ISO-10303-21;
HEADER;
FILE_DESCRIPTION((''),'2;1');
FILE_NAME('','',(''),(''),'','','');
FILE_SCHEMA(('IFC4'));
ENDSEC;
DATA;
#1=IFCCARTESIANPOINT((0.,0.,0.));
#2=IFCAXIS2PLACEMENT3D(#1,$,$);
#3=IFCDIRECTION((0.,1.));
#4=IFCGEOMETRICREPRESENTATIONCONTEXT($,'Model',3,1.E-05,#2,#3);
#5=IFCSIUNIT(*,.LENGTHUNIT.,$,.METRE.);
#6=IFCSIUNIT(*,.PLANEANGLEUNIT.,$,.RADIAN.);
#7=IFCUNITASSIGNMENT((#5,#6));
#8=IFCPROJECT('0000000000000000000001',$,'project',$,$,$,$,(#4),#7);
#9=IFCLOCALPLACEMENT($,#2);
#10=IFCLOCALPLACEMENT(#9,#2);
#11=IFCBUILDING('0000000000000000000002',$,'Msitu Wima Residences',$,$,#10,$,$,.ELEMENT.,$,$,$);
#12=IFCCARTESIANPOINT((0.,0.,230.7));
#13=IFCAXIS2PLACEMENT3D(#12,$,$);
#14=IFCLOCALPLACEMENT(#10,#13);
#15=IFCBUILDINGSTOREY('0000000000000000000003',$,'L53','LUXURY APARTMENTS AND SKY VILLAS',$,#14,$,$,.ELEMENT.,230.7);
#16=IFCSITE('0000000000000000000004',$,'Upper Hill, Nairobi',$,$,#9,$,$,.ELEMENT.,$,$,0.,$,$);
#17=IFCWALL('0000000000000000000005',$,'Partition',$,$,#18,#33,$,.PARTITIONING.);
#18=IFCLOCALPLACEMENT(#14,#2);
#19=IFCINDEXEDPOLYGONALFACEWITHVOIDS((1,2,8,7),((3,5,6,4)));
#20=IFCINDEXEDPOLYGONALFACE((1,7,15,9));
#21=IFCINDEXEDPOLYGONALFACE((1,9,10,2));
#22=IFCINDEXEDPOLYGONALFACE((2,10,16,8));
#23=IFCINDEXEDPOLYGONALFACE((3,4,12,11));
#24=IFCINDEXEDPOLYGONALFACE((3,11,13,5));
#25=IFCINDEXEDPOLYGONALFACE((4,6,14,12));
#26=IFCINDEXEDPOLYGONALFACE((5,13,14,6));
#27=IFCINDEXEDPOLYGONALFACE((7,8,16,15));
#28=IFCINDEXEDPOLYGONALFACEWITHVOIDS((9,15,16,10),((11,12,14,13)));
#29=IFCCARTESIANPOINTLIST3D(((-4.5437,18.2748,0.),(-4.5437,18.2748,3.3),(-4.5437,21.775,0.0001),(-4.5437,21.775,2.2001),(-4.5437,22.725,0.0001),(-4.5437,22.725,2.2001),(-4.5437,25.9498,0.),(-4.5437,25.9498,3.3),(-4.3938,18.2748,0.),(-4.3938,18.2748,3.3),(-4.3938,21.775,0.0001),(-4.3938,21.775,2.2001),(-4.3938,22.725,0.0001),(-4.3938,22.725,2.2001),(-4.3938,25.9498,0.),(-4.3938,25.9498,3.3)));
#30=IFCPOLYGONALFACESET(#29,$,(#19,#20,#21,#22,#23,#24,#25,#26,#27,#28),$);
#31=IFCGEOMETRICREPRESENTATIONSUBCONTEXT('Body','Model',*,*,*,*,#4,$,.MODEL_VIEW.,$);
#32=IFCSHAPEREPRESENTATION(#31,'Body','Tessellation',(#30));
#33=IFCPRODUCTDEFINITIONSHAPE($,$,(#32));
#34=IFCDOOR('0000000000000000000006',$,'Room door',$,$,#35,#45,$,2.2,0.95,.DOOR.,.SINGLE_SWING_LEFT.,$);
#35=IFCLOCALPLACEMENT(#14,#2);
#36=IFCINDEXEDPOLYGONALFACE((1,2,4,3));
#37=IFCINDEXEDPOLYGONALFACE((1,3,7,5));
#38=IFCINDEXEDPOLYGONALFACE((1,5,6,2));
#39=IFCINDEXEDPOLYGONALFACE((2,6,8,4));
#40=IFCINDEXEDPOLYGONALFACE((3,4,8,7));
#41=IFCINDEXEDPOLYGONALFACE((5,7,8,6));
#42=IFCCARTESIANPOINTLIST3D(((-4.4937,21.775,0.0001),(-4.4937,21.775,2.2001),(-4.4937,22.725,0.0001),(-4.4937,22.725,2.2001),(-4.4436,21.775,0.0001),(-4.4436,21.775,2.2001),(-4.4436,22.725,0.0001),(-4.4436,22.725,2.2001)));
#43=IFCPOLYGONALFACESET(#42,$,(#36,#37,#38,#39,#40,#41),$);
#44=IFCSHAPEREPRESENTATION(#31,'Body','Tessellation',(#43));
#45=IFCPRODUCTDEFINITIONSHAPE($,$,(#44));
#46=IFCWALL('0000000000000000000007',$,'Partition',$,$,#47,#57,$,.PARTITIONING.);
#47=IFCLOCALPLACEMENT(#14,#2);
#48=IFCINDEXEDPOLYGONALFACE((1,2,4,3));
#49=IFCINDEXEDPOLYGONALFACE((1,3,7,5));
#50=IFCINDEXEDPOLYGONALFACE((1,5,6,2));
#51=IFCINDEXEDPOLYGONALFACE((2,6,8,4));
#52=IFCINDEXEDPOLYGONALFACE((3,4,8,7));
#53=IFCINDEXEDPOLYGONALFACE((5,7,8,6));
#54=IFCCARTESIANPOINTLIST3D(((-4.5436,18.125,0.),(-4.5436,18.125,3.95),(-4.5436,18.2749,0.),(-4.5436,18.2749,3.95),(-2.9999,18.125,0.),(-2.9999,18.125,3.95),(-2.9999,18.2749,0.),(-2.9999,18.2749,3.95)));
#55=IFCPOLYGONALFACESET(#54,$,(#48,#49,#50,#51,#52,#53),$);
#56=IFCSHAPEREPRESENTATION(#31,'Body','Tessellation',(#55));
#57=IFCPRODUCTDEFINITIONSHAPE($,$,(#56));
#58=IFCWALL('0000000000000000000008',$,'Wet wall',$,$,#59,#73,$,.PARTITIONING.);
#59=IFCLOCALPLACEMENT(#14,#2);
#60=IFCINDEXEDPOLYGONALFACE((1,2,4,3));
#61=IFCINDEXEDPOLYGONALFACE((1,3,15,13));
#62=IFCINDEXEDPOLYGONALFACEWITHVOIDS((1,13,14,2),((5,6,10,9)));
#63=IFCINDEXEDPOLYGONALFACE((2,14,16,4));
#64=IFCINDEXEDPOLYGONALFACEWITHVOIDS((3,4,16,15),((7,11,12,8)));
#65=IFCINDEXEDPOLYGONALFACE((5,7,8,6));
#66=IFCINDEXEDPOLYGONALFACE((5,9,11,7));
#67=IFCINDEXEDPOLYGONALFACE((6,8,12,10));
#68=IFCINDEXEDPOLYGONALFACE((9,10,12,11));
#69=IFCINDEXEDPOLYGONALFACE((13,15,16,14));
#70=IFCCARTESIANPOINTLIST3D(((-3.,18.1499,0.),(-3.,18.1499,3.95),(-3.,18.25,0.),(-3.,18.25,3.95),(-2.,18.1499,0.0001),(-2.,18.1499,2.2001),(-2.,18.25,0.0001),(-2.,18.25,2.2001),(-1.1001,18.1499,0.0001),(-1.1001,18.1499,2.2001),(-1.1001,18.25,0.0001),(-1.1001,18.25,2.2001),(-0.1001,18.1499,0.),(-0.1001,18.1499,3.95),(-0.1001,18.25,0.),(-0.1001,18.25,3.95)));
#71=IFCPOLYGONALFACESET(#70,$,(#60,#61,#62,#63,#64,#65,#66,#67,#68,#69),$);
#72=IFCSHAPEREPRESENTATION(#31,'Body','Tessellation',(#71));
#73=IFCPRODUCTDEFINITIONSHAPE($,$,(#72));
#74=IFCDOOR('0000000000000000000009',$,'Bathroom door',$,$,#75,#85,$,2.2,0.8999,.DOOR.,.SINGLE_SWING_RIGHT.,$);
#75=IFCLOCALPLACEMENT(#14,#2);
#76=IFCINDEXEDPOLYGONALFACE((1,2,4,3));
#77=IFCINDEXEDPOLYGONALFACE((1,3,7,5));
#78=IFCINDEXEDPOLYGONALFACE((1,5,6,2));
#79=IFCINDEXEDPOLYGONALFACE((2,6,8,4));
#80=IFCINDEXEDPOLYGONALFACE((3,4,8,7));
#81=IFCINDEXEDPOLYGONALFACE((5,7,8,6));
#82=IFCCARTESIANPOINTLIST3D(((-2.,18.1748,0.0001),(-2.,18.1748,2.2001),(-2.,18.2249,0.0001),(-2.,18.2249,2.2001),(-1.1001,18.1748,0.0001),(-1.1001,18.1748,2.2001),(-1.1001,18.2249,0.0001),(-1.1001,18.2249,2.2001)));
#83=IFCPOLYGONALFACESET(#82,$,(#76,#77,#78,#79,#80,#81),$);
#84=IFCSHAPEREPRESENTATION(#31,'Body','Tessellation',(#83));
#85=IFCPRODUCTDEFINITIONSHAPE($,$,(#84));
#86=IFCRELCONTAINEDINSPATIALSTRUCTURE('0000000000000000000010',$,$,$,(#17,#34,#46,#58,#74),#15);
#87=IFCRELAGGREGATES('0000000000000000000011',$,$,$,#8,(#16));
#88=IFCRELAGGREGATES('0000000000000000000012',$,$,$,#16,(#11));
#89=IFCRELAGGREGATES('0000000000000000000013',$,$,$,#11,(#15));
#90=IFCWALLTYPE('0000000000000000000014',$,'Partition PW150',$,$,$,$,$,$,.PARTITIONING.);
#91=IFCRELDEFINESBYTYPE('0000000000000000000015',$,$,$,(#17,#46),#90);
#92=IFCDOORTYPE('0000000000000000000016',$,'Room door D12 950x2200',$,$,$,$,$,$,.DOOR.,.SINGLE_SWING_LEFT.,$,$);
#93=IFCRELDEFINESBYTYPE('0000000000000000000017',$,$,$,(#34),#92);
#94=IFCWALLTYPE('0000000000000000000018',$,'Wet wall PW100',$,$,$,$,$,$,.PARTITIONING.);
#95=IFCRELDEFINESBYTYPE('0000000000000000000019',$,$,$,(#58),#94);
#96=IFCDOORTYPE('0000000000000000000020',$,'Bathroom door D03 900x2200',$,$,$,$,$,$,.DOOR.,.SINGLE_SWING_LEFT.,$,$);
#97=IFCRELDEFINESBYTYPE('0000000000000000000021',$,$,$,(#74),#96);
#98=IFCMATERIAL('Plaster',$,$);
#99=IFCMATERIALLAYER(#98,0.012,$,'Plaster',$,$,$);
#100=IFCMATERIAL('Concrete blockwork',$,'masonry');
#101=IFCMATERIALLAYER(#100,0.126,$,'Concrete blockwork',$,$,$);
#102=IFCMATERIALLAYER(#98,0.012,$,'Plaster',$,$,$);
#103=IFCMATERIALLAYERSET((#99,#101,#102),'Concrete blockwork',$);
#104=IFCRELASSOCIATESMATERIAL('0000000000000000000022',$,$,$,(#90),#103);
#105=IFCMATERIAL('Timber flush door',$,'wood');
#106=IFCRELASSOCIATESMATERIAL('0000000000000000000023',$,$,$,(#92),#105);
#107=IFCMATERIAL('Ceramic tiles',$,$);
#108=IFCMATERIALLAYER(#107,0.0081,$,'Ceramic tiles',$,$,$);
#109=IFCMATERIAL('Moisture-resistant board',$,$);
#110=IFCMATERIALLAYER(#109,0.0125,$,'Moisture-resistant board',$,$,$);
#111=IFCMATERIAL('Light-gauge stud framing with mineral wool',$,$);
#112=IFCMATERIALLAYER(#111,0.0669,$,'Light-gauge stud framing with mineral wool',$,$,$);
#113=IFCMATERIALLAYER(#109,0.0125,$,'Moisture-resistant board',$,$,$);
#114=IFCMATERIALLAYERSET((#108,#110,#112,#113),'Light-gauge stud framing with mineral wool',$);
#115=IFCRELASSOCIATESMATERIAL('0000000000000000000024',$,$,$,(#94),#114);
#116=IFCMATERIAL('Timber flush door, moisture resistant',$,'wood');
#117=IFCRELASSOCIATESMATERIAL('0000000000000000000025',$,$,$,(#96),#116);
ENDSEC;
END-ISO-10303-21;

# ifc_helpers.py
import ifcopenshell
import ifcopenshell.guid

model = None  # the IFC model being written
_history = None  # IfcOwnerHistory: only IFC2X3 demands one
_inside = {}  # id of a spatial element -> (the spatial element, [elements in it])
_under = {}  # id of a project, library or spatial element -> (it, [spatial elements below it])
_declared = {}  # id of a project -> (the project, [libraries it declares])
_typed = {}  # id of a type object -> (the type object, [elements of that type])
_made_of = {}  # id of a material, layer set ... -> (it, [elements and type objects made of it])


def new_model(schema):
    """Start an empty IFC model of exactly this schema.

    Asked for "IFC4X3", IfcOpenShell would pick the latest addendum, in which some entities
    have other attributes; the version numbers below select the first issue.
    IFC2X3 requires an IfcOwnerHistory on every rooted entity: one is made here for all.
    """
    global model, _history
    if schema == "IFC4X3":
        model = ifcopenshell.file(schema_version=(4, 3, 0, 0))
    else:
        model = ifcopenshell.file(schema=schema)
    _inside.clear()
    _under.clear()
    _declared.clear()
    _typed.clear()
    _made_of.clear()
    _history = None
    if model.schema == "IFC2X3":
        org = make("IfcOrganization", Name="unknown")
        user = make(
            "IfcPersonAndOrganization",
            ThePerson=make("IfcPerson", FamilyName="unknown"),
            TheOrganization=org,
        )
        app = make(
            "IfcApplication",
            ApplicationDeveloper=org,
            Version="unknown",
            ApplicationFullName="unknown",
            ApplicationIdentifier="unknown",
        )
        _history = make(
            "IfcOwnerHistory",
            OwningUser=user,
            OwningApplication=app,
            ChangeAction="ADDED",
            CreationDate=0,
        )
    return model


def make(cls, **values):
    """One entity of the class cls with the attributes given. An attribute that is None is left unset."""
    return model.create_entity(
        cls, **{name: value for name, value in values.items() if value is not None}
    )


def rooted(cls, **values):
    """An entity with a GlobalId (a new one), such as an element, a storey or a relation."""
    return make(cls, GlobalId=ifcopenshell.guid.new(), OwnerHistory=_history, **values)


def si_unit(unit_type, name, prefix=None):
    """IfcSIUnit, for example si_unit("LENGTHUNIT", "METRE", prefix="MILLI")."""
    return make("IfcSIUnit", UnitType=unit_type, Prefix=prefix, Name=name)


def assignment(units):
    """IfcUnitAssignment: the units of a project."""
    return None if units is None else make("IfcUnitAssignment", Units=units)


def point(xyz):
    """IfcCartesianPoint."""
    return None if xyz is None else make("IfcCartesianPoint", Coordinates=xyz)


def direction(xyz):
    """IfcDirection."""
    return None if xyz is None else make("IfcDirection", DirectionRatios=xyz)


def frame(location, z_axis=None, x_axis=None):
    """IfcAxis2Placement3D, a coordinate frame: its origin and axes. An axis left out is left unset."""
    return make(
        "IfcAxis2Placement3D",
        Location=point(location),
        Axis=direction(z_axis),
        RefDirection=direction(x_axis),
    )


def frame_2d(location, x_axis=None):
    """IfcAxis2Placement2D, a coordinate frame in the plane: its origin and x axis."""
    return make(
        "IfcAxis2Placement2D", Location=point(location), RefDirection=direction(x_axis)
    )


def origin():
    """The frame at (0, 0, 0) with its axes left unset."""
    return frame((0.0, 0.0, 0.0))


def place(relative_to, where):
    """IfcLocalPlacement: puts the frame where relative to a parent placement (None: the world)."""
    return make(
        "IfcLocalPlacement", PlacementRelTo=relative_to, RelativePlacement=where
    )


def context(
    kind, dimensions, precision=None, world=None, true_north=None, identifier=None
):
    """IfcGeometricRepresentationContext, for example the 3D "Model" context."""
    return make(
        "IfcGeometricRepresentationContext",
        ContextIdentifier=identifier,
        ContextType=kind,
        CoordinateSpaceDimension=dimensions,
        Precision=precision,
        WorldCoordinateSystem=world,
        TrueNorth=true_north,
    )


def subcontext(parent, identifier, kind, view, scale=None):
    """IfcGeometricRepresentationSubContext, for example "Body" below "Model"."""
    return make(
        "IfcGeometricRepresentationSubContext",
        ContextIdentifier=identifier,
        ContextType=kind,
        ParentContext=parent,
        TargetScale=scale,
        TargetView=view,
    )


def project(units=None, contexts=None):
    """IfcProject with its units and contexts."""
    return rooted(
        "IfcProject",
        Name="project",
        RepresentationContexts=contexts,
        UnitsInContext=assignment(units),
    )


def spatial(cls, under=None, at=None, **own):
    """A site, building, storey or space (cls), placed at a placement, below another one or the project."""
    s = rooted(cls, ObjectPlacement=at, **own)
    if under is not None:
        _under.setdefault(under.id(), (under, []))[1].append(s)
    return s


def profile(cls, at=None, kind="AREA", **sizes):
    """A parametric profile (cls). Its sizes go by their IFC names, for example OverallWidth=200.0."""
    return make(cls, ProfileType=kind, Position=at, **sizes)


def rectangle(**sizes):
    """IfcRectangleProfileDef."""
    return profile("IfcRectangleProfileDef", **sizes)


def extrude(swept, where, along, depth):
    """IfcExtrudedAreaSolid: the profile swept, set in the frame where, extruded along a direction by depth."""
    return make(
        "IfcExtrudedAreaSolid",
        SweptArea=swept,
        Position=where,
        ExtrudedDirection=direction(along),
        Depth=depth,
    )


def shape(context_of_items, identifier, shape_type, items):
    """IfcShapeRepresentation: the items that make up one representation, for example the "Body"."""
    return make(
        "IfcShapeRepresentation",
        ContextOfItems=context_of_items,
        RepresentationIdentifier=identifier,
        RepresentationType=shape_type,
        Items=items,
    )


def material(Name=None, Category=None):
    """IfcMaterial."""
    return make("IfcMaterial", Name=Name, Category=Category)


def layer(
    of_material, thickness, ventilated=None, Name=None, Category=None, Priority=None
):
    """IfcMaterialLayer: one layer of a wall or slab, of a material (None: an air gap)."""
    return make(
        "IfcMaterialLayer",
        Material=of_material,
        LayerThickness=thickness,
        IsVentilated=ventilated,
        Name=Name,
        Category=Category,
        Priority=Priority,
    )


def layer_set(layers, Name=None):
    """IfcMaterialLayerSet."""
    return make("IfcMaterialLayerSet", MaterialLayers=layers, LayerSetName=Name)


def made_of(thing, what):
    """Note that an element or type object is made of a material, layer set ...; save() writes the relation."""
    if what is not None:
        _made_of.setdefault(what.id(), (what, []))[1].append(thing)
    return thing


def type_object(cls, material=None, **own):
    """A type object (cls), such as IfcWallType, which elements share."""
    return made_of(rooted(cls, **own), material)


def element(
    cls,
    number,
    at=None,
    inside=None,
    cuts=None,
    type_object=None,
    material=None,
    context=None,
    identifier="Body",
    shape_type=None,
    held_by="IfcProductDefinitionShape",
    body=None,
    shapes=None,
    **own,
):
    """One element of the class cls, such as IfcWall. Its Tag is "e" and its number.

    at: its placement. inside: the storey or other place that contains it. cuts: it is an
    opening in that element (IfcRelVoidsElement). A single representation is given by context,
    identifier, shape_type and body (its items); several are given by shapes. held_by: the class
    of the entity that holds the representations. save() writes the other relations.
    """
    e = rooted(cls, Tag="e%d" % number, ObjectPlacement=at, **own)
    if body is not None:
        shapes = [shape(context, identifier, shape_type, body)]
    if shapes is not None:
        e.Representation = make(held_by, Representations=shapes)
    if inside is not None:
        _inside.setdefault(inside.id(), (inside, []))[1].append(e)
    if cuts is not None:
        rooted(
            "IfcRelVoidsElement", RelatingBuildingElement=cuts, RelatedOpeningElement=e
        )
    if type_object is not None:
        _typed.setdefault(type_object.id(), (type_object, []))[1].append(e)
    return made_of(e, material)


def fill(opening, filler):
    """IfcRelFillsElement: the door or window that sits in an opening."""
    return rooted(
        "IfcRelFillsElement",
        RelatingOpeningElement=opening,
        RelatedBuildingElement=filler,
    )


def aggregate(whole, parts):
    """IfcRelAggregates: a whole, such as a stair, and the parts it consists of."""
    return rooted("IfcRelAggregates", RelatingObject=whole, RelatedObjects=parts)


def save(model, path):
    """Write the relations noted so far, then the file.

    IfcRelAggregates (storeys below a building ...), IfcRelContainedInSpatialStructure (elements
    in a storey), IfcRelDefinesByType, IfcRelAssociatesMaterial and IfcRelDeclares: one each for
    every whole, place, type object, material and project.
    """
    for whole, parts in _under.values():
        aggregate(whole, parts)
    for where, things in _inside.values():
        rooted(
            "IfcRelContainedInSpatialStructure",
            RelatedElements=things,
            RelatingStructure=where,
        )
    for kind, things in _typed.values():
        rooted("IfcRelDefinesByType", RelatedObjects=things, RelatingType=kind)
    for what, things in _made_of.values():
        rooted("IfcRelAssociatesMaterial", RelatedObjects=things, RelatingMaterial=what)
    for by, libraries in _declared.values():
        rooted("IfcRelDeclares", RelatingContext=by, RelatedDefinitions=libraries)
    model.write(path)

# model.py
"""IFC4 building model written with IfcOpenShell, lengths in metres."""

from ifc_helpers import new_model, si_unit, direction, frame, frame_2d, origin, place, context, subcontext, project, spatial, rectangle, extrude, material, layer, layer_set, type_object, element, fill, save


model = new_model("IFC4")

# Units and contexts
model_context = context("Model", 3, precision=1e-05, world=origin(), true_north=direction((0.0, 1.0)))
body_context = subcontext(model_context, "Body", "Model", "MODEL_VIEW")
ifc_project = project(units=[si_unit("LENGTHUNIT", "METRE"), si_unit("PLANEANGLEUNIT", "RADIAN")], contexts=[model_context])

# Site, building, storey
site_placement = place(None, origin())
site = spatial("IfcSite", under=ifc_project, at=site_placement, Name="Upper Hill, Nairobi", CompositionType="ELEMENT", RefElevation=0.0)
building_placement = place(site_placement, origin())
building = spatial("IfcBuilding", under=site, at=building_placement, Name="Msitu Wima Residences", CompositionType="ELEMENT")
storey_placement = place(building_placement, frame((0.0, 0.0, 230.7)))
storey = spatial("IfcBuildingStorey", under=building, at=storey_placement, Name="L53", Description="LUXURY APARTMENTS AND SKY VILLAS", CompositionType="ELEMENT", Elevation=230.7)

# Shared definitions
ifc_material_1 = material(Name="Plaster")
ifc_material_2 = material(Name="Concrete blockwork", Category="masonry")

# Shared definitions
ifc_layer_1 = layer(ifc_material_1, 0.012, Name="Plaster")
ifc_layer_2 = layer(ifc_material_2, 0.126, Name="Concrete blockwork")
ifc_layer_3 = layer(ifc_material_1, 0.012, Name="Plaster")
ifc_layer_set_1 = layer_set([ifc_layer_1, ifc_layer_2, ifc_layer_3], Name="Concrete blockwork")
wall_type_1 = type_object("IfcWallType", Name="Partition PW150", PredefinedType="PARTITIONING", material=ifc_layer_set_1)

# Shared definitions
ifc_material_3 = material(Name="Timber flush door", Category="wood")
door_type_1 = type_object("IfcDoorType", Name="Room door D12 950x2200", OperationType="SINGLE_SWING_LEFT", PredefinedType="DOOR", material=ifc_material_3)

# Wall, opening, door
wall_1_placement = place(storey_placement, frame((-4.4688, 18.2749, 0.0), z_axis=(0.0, 0.0, 1.0), x_axis=(0.0, 1.0, 0.0)))
wall_1 = element("IfcWall", 1, at=wall_1_placement, inside=storey, type_object=wall_type_1, Name="Partition", PredefinedType="PARTITIONING", context=body_context, shape_type="SweptSolid", body=[
    extrude(rectangle(XDim=7.675, YDim=0.1499, at=frame_2d((3.8374, 0.0))), origin(), (0.0, 0.0, 1.0), 3.3),
])
opening_1_placement = place(wall_1_placement, frame((3.5, 0.0, 0.0)))
opening_1 = element("IfcOpeningElement", 2, at=opening_1_placement, cuts=wall_1, PredefinedType="OPENING", context=body_context, shape_type="SweptSolid", body=[
    extrude(rectangle(XDim=0.95, YDim=2.2, at=frame_2d((0.4751, 1.1001))), frame((0.0, 0.085, 0.0), z_axis=(0.0, -1.0, 0.0), x_axis=(1.0, 0.0, 0.0)), (0.0, 0.0, 1.0), 0.1699),
])
door_1_placement = place(opening_1_placement, origin())
door_1 = element("IfcDoor", 3, at=door_1_placement, inside=storey, type_object=door_type_1, Name="Room door", OperationType="SINGLE_SWING_LEFT", OverallHeight=2.2, OverallWidth=0.95, PredefinedType="DOOR", context=body_context, shape_type="SweptSolid", body=[
    extrude(rectangle(XDim=0.95, YDim=2.2, at=frame_2d((0.4751, 1.1001))), frame((0.0, 0.0249, 0.0), z_axis=(0.0, -1.0, 0.0), x_axis=(1.0, 0.0, 0.0)), (0.0, 0.0, 1.0), 0.05),
])
fill(opening_1, door_1)

# Wall
wall_2_placement = place(storey_placement, frame((-4.5437, 18.2, 0.0), z_axis=(0.0, 0.0, 1.0), x_axis=(1.0, 0.0, 0.0)))
element("IfcWall", 4, at=wall_2_placement, inside=storey, type_object=wall_type_1, Name="Partition", PredefinedType="PARTITIONING", context=body_context, shape_type="SweptSolid", body=[
    extrude(rectangle(XDim=1.5437, YDim=0.1499, at=frame_2d((0.772, 0.0))), origin(), (0.0, 0.0, 1.0), 3.95),
])

# Wall, opening, door
ifc_material_4 = material(Name="Ceramic tiles")
ifc_layer_4 = layer(ifc_material_4, 0.0081, Name="Ceramic tiles")
ifc_material_5 = material(Name="Moisture-resistant board")
ifc_layer_5 = layer(ifc_material_5, 0.0125, Name="Moisture-resistant board")
ifc_material_6 = material(Name="Light-gauge stud framing with mineral wool")
ifc_layer_6 = layer(ifc_material_6, 0.0669, Name="Light-gauge stud framing with mineral wool")
ifc_layer_7 = layer(ifc_material_5, 0.0125, Name="Moisture-resistant board")
ifc_layer_set_2 = layer_set([ifc_layer_4, ifc_layer_5, ifc_layer_6, ifc_layer_7], Name="Light-gauge stud framing with mineral wool")
wall_type_2 = type_object("IfcWallType", Name="Wet wall PW100", PredefinedType="PARTITIONING", material=ifc_layer_set_2)
wall_3_placement = place(storey_placement, frame((-3.0, 18.2, 0.0), z_axis=(0.0, 0.0, 1.0), x_axis=(1.0, 0.0, 0.0)))
wall_3 = element("IfcWall", 5, at=wall_3_placement, inside=storey, type_object=wall_type_2, Name="Wet wall", PredefinedType="PARTITIONING", context=body_context, shape_type="SweptSolid", body=[
    extrude(rectangle(XDim=2.8999, YDim=0.1001, at=frame_2d((1.45, 0.0))), origin(), (0.0, 0.0, 1.0), 3.95),
])
opening_2_placement = place(wall_3_placement, frame((1.0, 0.0, 0.0)))
opening_2 = element("IfcOpeningElement", 6, at=opening_2_placement, cuts=wall_3, PredefinedType="OPENING", context=body_context, shape_type="SweptSolid", body=[
    extrude(rectangle(XDim=0.8999, YDim=2.2, at=frame_2d((0.45, 1.1001))), frame((0.0, 0.0601, 0.0), z_axis=(0.0, -1.0, 0.0), x_axis=(1.0, 0.0, 0.0)), (0.0, 0.0, 1.0), 0.1201),
])
ifc_material_7 = material(Name="Timber flush door, moisture resistant", Category="wood")
door_type_2 = type_object("IfcDoorType", Name="Bathroom door D03 900x2200", OperationType="SINGLE_SWING_LEFT", PredefinedType="DOOR", material=ifc_material_7)
door_2_placement = place(opening_2_placement, origin())
door_2 = element("IfcDoor", 7, at=door_2_placement, inside=storey, type_object=door_type_2, Name="Bathroom door", OperationType="SINGLE_SWING_RIGHT", OverallHeight=2.2, OverallWidth=0.8999, PredefinedType="DOOR", context=body_context, shape_type="SweptSolid", body=[
    extrude(rectangle(XDim=0.8999, YDim=2.2, at=frame_2d((0.45, 1.1001))), frame((0.0, 0.0249, 0.0), z_axis=(0.0, -1.0, 0.0), x_axis=(1.0, 0.0, 0.0)), (0.0, 0.0, 1.0), 0.05),
])
fill(opening_2, door_2)

save(model, "model.ifc")
